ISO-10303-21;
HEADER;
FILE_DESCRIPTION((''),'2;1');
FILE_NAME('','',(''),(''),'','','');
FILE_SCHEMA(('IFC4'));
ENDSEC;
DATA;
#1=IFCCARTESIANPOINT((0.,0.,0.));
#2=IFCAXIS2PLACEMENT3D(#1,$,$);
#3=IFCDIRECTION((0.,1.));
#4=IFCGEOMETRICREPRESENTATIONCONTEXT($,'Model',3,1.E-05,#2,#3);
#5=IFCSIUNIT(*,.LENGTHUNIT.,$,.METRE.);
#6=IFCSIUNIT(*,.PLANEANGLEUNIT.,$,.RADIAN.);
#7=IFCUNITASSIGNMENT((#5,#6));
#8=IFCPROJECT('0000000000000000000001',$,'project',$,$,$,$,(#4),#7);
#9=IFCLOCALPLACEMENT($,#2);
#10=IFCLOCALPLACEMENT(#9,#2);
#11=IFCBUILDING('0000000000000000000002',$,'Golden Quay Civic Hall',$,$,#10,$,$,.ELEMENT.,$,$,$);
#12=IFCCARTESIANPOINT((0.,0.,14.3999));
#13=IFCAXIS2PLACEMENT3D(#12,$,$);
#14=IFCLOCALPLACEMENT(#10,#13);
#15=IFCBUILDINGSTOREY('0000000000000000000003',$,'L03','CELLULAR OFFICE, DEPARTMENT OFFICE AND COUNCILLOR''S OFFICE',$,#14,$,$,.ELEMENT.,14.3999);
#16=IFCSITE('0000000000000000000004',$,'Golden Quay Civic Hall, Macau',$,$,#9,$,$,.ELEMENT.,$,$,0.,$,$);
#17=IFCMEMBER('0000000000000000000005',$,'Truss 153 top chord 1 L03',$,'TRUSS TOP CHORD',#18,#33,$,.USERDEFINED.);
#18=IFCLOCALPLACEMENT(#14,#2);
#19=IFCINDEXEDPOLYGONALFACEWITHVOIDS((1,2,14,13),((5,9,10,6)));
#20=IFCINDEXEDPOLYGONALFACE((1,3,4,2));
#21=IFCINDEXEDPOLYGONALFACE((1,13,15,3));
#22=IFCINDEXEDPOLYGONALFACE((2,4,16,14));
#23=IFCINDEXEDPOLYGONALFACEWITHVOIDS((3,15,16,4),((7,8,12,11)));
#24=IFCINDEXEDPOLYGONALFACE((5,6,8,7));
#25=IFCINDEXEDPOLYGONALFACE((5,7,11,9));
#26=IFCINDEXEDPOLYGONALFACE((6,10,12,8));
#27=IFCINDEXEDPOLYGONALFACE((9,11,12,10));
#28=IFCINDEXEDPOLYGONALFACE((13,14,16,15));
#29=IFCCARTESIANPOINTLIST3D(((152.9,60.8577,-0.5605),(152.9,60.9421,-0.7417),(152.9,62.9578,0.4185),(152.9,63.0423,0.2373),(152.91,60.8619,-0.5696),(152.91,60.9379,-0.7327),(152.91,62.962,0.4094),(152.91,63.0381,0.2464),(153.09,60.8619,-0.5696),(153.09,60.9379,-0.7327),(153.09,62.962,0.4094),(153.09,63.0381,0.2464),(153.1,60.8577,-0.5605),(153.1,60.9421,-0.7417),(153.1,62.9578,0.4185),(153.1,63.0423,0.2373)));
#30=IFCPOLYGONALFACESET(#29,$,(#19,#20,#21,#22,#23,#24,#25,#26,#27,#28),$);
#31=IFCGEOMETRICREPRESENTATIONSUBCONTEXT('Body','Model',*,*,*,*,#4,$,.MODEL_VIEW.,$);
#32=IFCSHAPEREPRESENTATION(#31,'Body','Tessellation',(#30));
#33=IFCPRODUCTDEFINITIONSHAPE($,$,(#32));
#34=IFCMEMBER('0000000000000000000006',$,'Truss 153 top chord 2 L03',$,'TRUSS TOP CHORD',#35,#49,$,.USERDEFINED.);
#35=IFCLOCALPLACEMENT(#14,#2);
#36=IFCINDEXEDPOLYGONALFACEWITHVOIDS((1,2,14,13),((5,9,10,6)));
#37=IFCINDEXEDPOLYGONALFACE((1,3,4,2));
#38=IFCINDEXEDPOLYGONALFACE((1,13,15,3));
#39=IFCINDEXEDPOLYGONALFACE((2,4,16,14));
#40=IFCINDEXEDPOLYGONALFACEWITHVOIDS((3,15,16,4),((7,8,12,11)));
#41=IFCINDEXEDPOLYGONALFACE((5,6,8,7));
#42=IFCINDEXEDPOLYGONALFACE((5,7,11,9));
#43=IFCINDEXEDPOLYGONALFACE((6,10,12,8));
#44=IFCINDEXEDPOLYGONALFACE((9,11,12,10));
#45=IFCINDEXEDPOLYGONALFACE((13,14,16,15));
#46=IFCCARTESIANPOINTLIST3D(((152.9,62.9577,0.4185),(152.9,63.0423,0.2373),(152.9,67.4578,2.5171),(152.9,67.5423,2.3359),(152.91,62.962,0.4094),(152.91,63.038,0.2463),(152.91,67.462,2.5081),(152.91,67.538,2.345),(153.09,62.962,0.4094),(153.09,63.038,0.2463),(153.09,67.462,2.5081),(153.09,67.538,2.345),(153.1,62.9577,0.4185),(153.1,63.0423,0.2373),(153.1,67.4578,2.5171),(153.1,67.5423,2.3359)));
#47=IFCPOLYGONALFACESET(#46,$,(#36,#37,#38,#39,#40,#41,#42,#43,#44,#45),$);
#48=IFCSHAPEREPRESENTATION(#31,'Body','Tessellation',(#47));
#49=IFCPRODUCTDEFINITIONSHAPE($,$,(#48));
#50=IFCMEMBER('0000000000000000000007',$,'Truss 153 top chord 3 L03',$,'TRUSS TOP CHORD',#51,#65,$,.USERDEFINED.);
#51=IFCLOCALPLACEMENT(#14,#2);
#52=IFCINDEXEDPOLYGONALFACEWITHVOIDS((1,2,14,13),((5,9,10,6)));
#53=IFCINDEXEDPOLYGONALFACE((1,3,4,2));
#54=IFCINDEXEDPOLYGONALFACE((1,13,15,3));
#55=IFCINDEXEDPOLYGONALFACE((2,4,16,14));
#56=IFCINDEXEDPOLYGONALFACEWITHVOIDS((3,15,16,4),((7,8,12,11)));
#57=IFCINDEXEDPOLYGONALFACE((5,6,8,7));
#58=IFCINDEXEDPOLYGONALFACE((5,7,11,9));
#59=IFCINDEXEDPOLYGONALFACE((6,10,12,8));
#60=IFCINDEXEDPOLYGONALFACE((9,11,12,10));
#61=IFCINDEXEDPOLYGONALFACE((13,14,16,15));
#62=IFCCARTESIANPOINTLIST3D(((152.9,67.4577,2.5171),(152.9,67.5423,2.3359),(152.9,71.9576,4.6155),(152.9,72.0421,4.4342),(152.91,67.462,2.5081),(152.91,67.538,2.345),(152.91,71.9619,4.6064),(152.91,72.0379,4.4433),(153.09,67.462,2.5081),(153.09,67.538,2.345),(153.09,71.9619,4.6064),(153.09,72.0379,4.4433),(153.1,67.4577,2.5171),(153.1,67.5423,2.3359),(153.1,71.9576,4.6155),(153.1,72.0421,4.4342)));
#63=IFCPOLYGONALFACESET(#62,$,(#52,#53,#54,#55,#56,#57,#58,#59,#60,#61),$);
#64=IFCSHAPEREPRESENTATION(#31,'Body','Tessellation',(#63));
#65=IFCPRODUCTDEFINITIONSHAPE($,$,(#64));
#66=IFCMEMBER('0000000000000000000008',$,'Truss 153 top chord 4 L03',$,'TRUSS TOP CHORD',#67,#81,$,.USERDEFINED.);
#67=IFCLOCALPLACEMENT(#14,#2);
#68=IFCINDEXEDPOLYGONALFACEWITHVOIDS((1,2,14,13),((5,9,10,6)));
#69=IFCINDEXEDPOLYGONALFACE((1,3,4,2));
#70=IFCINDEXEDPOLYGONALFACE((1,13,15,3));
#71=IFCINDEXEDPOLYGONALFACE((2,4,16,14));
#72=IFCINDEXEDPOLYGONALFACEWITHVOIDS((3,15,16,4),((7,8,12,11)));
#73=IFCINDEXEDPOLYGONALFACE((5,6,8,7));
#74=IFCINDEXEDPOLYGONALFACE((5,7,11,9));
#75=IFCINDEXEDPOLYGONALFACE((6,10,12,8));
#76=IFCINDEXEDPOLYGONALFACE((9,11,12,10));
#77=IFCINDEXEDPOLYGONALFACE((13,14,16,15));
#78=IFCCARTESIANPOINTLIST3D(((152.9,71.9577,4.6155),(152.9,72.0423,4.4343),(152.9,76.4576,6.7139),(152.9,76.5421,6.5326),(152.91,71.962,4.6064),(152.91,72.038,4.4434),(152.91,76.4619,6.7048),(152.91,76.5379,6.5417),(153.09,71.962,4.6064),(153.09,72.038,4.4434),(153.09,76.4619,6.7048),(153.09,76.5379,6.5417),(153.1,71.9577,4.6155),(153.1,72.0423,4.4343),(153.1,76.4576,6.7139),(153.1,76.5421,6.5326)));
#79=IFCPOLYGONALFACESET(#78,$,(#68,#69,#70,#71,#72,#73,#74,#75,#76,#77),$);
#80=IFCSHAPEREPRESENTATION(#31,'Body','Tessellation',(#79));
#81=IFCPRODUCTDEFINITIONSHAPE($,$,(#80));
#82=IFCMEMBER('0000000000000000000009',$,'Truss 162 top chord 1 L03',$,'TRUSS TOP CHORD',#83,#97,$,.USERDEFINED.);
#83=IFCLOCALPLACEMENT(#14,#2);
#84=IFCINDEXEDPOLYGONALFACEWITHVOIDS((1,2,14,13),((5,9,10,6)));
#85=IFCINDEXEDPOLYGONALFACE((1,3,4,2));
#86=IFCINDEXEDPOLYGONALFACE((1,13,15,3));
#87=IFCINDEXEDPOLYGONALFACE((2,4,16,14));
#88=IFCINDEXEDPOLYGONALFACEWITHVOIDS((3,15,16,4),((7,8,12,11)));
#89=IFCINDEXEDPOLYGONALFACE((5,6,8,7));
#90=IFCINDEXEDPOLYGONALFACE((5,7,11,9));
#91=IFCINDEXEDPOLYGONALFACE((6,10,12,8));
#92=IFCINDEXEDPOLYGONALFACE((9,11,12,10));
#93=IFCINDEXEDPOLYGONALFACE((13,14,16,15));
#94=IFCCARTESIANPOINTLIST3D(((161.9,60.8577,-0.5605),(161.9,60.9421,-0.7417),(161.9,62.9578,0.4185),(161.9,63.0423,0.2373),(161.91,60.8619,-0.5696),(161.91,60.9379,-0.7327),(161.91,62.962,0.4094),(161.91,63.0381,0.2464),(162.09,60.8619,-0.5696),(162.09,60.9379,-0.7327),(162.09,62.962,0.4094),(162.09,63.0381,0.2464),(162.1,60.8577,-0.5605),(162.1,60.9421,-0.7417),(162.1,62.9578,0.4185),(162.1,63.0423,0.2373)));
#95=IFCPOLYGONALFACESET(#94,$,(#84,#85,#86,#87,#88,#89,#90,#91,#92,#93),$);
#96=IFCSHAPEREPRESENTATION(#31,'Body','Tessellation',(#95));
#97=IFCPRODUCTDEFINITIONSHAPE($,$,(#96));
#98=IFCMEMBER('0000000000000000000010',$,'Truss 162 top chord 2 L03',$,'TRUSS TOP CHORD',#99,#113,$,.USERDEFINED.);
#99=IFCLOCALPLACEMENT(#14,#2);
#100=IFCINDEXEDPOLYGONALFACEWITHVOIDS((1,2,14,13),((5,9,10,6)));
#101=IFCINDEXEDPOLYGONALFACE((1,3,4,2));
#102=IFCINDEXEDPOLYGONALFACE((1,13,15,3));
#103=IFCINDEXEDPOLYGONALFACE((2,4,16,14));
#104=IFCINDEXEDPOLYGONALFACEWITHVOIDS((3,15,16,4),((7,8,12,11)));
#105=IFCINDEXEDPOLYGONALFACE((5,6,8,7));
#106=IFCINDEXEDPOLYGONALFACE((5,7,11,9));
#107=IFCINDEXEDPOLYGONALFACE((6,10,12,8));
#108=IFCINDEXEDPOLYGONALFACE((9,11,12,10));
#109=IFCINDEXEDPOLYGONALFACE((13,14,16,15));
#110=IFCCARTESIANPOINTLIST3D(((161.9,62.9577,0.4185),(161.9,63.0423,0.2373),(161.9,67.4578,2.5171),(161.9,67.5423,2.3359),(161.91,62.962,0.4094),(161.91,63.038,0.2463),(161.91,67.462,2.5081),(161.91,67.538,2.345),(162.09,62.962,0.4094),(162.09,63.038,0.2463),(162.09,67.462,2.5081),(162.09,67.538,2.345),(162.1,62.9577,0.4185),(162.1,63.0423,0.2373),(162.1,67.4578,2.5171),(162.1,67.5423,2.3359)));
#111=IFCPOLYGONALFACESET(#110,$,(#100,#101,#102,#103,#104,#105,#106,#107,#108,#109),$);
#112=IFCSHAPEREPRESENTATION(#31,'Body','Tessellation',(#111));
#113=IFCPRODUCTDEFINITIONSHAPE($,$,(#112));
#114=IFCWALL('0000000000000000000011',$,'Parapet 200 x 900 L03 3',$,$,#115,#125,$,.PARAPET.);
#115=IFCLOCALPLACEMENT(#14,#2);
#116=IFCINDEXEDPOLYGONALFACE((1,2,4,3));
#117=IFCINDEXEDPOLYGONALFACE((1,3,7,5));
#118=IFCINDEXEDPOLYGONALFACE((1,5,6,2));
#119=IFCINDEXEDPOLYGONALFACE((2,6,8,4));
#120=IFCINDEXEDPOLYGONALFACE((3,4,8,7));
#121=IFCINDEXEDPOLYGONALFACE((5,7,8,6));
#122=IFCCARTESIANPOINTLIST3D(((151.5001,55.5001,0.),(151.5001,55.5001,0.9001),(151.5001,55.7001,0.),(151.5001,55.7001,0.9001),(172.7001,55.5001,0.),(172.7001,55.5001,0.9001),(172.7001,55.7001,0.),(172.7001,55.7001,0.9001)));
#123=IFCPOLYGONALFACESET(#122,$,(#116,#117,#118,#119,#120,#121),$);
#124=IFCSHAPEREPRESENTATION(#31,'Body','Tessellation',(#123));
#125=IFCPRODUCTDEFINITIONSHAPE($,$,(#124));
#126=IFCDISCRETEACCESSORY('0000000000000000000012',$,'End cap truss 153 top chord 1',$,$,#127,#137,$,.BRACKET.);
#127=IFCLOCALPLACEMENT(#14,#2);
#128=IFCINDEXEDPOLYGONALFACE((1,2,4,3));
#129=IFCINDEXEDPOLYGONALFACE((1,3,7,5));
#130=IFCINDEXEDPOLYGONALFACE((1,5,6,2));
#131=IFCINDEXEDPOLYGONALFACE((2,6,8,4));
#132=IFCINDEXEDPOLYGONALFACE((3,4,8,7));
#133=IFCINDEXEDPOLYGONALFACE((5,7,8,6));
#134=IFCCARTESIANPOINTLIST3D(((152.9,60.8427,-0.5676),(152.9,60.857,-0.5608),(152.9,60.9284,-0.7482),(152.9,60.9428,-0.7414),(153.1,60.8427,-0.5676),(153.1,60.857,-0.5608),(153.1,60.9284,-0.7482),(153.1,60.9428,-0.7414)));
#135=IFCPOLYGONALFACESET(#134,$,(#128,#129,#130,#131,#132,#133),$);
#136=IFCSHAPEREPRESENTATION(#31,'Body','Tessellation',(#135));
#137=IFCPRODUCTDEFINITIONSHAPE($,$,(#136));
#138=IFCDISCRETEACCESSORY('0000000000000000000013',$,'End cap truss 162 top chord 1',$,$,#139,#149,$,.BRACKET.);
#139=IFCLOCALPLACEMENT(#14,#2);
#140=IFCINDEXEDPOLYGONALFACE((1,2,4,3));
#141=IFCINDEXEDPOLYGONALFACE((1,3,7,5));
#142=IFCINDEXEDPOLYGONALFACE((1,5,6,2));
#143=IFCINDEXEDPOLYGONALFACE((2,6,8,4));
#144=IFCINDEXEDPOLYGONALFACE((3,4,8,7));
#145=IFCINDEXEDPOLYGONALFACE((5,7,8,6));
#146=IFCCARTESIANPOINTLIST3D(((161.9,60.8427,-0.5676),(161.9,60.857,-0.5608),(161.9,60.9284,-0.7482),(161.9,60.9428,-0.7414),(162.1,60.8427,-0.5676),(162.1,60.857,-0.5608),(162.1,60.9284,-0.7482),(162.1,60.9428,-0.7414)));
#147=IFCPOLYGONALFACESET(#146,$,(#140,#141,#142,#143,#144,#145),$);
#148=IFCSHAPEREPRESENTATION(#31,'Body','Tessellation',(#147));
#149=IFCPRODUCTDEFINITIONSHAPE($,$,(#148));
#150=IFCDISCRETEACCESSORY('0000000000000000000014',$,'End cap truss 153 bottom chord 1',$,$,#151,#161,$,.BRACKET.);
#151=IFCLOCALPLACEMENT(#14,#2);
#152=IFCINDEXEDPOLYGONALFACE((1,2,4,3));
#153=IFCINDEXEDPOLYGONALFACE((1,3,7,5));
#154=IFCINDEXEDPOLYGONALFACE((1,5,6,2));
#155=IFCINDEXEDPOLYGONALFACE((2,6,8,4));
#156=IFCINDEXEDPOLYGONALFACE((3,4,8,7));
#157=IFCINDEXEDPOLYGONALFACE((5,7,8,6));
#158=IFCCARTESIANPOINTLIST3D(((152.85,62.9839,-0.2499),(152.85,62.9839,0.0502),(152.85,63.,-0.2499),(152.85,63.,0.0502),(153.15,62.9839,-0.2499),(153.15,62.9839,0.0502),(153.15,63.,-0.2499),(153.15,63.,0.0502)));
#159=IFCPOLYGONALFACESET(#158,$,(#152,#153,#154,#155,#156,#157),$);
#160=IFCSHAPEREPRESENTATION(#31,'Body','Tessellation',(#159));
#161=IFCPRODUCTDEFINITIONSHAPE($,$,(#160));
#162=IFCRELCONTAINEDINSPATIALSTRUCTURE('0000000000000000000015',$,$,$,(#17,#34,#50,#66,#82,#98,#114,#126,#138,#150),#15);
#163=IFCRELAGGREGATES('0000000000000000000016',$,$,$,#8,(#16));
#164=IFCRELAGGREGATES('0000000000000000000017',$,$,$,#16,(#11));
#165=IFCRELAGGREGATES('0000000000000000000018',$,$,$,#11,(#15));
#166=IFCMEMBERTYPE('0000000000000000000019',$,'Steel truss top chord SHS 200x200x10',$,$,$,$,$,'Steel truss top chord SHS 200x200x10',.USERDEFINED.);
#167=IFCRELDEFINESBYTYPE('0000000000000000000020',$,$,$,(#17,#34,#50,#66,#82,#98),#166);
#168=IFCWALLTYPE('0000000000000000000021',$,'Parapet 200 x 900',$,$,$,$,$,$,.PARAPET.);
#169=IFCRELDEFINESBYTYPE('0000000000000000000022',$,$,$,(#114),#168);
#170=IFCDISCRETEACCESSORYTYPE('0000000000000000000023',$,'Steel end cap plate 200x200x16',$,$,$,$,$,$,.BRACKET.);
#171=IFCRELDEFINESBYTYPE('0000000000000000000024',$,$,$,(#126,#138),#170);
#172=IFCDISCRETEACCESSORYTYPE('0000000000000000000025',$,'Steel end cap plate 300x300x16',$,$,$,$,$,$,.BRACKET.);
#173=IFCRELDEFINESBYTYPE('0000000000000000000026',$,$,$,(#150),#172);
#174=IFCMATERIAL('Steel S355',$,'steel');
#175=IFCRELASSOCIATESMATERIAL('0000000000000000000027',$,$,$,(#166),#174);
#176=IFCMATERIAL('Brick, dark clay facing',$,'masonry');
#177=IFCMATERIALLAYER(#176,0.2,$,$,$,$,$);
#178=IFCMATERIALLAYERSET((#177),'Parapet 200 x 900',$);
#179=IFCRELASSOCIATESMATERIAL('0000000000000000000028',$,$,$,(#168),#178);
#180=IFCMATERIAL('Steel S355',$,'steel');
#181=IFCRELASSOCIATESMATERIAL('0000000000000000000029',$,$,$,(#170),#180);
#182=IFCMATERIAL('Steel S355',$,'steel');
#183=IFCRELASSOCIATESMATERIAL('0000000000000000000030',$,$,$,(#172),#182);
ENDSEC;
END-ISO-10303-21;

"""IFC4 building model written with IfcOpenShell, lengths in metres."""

from ifc_helpers import new_model, si_unit, direction, frame, frame_2d, origin, origin_2d, place, context, subcontext, project, spatial, rectangle, hollow_rectangle, extrude, material, layer, layer_set, material_profile, profile_set, type_object, element, save


model = new_model("IFC4")

# Units and contexts
model_context = context("Model", 3, precision=1e-05, world=origin(), true_north=direction((0.0, 1.0)))
body_context = subcontext(model_context, "Body", "Model", "MODEL_VIEW")
ifc_project = project(units=[si_unit("LENGTHUNIT", "METRE"), si_unit("PLANEANGLEUNIT", "RADIAN")], contexts=[model_context])

# Site, building, storey
site_placement = place(None, origin())
site = spatial("IfcSite", under=ifc_project, at=site_placement, Name="Golden Quay Civic Hall, Macau", CompositionType="ELEMENT", RefElevation=0.0)
building_placement = place(site_placement, origin())
building = spatial("IfcBuilding", under=site, at=building_placement, Name="Golden Quay Civic Hall", CompositionType="ELEMENT")
storey_placement = place(building_placement, frame((0.0, 0.0, 14.3999)))
storey = spatial("IfcBuildingStorey", under=building, at=storey_placement, Name="L03", Description="CELLULAR OFFICE, DEPARTMENT OFFICE AND COUNCILLOR'S OFFICE", CompositionType="ELEMENT", Elevation=14.3999)

# Members
ifc_material_1 = material(Name="Steel S355", Category="steel")
ifc_material_profile_1 = material_profile(ifc_material_1, hollow_rectangle(XDim=0.2, YDim=0.2, WallThickness=0.01, at=origin_2d()), Name="SHS 200x200x10")
ifc_profile_set_1 = profile_set([ifc_material_profile_1], Name="Steel S355")
member_type_1 = type_object("IfcMemberType", Name="Steel truss top chord SHS 200x200x10", ElementType="Steel truss top chord SHS 200x200x10", PredefinedType="USERDEFINED", material=ifc_profile_set_1)
member_1_placement = place(storey_placement, frame((153.0, 60.8999, -0.6511), z_axis=(0.0, 0.906355, 0.422516), x_axis=(-1.0, 0.0, 0.0)))
element("IfcMember", 1, at=member_1_placement, inside=storey, type_object=member_type_1, Name="Truss 153 top chord 1 L03", ObjectType="TRUSS TOP CHORD", PredefinedType="USERDEFINED", context=body_context, shape_type="SweptSolid", body=[
    extrude(hollow_rectangle(XDim=0.2, YDim=0.2, WallThickness=0.01, at=origin_2d()), origin(), (0.0, 0.0, 1.0), 2.3171),
])
member_2_placement = place(storey_placement, frame((153.0, 63.0, 0.3279), z_axis=(0.0, 0.906289, 0.422659), x_axis=(-1.0, 0.0, 0.0)))
element("IfcMember", 2, at=member_2_placement, inside=storey, type_object=member_type_1, Name="Truss 153 top chord 2 L03", ObjectType="TRUSS TOP CHORD", PredefinedType="USERDEFINED", context=body_context, shape_type="SweptSolid", body=[
    extrude(hollow_rectangle(XDim=0.2, YDim=0.2, WallThickness=0.01, at=origin_2d()), origin(), (0.0, 0.0, 1.0), 4.9653),
])
for number, where, z_axis, x_axis, name in (
    (3, (153.0, 67.5, 2.4265), (0.0, 0.906307, 0.422619), (-1.0, 0.0, 0.0), "Truss 153 top chord 3 L03"),
    (4, (153.0, 72.0, 4.5249), (0.0, 0.906307, 0.422619), (-1.0, 0.0, 0.0), "Truss 153 top chord 4 L03"),
):
    element("IfcMember", number, at=place(storey_placement, frame(where, z_axis=z_axis, x_axis=x_axis)), inside=storey, type_object=member_type_1, Name=name, ObjectType="TRUSS TOP CHORD", PredefinedType="USERDEFINED", context=body_context, shape_type="SweptSolid", body=[
        extrude(hollow_rectangle(XDim=0.2, YDim=0.2, WallThickness=0.01, at=origin_2d()), origin(), (0.0, 0.0, 1.0), 4.9651),
    ])
member_3_placement = place(storey_placement, frame((162.0, 60.8999, -0.6511), z_axis=(0.0, 0.906355, 0.422516), x_axis=(-1.0, 0.0, 0.0)))
element("IfcMember", 5, at=member_3_placement, inside=storey, type_object=member_type_1, Name="Truss 162 top chord 1 L03", ObjectType="TRUSS TOP CHORD", PredefinedType="USERDEFINED", context=body_context, shape_type="SweptSolid", body=[
    extrude(hollow_rectangle(XDim=0.2, YDim=0.2, WallThickness=0.01, at=origin_2d()), origin(), (0.0, 0.0, 1.0), 2.3171),
])
member_4_placement = place(storey_placement, frame((162.0, 63.0, 0.3279), z_axis=(0.0, 0.906289, 0.422659), x_axis=(-1.0, 0.0, 0.0)))
element("IfcMember", 6, at=member_4_placement, inside=storey, type_object=member_type_1, Name="Truss 162 top chord 2 L03", ObjectType="TRUSS TOP CHORD", PredefinedType="USERDEFINED", context=body_context, shape_type="SweptSolid", body=[
    extrude(hollow_rectangle(XDim=0.2, YDim=0.2, WallThickness=0.01, at=origin_2d()), origin(), (0.0, 0.0, 1.0), 4.9653),
])

# Wall
ifc_material_2 = material(Name="Brick, dark clay facing", Category="masonry")
ifc_layer = layer(ifc_material_2, 0.2)
ifc_layer_set = layer_set([ifc_layer], Name="Parapet 200 x 900")
wall_type = type_object("IfcWallType", Name="Parapet 200 x 900", PredefinedType="PARAPET", material=ifc_layer_set)
wall_placement = place(storey_placement, frame((151.5, 55.6001, 0.0), z_axis=(0.0, 0.0, 1.0), x_axis=(1.0, 0.0, 0.0)))
element("IfcWall", 7, at=wall_placement, inside=storey, type_object=wall_type, Name="Parapet 200 x 900 L03 3", PredefinedType="PARAPET", context=body_context, shape_type="SweptSolid", body=[
    extrude(rectangle(XDim=21.2, YDim=0.2, at=frame_2d((10.6001, 0.0))), origin(), (0.0, 0.0, 1.0), 0.9001),
])

# Discrete accessories
ifc_material_3 = material(Name="Steel S355", Category="steel")
ifc_material_profile_2 = material_profile(ifc_material_3, rectangle(XDim=0.2, YDim=0.2, at=origin_2d()), Name="Steel end cap plate 200x200x16")
ifc_profile_set_2 = profile_set([ifc_material_profile_2], Name="Steel S355")
discrete_accessory_type_1 = type_object("IfcDiscreteAccessoryType", Name="Steel end cap plate 200x200x16", PredefinedType="BRACKET", material=ifc_profile_set_2)
for number, where, z_axis, x_axis, name in (
    (8, (153.0, 60.8999, -0.6511), (0.0, -0.903426, -0.428744), (1.0, 0.0, 0.0), "End cap truss 153 top chord 1"),
    (9, (162.0, 60.8999, -0.6511), (0.0, -0.903426, -0.428744), (1.0, 0.0, 0.0), "End cap truss 162 top chord 1"),
):
    element("IfcDiscreteAccessory", number, at=place(storey_placement, frame(where, z_axis=z_axis, x_axis=x_axis)), inside=storey, type_object=discrete_accessory_type_1, Name=name, PredefinedType="BRACKET", context=body_context, shape_type="SweptSolid", body=[
        extrude(rectangle(XDim=0.2, YDim=0.2, at=origin_2d()), origin(), (0.0, 0.0, 1.0), 0.0159),
    ])
ifc_material_4 = material(Name="Steel S355", Category="steel")
ifc_material_profile_3 = material_profile(ifc_material_4, rectangle(XDim=0.3, YDim=0.3, at=origin_2d()), Name="Steel end cap plate 300x300x16")
ifc_profile_set_3 = profile_set([ifc_material_profile_3], Name="Steel S355")
discrete_accessory_type_2 = type_object("IfcDiscreteAccessoryType", Name="Steel end cap plate 300x300x16", PredefinedType="BRACKET", material=ifc_profile_set_3)
discrete_accessory_placement = place(storey_placement, frame((153.0, 63.0, -0.0999), z_axis=(0.0, -1.0, 0.0), x_axis=(1.0, 0.0, 0.0)))
element("IfcDiscreteAccessory", 10, at=discrete_accessory_placement, inside=storey, type_object=discrete_accessory_type_2, Name="End cap truss 153 bottom chord 1", PredefinedType="BRACKET", context=body_context, shape_type="SweptSolid", body=[
    extrude(rectangle(XDim=0.3, YDim=0.3, at=origin_2d()), origin(), (0.0, 0.0, 1.0), 0.0161),
])

save(model, "model.ifc")
